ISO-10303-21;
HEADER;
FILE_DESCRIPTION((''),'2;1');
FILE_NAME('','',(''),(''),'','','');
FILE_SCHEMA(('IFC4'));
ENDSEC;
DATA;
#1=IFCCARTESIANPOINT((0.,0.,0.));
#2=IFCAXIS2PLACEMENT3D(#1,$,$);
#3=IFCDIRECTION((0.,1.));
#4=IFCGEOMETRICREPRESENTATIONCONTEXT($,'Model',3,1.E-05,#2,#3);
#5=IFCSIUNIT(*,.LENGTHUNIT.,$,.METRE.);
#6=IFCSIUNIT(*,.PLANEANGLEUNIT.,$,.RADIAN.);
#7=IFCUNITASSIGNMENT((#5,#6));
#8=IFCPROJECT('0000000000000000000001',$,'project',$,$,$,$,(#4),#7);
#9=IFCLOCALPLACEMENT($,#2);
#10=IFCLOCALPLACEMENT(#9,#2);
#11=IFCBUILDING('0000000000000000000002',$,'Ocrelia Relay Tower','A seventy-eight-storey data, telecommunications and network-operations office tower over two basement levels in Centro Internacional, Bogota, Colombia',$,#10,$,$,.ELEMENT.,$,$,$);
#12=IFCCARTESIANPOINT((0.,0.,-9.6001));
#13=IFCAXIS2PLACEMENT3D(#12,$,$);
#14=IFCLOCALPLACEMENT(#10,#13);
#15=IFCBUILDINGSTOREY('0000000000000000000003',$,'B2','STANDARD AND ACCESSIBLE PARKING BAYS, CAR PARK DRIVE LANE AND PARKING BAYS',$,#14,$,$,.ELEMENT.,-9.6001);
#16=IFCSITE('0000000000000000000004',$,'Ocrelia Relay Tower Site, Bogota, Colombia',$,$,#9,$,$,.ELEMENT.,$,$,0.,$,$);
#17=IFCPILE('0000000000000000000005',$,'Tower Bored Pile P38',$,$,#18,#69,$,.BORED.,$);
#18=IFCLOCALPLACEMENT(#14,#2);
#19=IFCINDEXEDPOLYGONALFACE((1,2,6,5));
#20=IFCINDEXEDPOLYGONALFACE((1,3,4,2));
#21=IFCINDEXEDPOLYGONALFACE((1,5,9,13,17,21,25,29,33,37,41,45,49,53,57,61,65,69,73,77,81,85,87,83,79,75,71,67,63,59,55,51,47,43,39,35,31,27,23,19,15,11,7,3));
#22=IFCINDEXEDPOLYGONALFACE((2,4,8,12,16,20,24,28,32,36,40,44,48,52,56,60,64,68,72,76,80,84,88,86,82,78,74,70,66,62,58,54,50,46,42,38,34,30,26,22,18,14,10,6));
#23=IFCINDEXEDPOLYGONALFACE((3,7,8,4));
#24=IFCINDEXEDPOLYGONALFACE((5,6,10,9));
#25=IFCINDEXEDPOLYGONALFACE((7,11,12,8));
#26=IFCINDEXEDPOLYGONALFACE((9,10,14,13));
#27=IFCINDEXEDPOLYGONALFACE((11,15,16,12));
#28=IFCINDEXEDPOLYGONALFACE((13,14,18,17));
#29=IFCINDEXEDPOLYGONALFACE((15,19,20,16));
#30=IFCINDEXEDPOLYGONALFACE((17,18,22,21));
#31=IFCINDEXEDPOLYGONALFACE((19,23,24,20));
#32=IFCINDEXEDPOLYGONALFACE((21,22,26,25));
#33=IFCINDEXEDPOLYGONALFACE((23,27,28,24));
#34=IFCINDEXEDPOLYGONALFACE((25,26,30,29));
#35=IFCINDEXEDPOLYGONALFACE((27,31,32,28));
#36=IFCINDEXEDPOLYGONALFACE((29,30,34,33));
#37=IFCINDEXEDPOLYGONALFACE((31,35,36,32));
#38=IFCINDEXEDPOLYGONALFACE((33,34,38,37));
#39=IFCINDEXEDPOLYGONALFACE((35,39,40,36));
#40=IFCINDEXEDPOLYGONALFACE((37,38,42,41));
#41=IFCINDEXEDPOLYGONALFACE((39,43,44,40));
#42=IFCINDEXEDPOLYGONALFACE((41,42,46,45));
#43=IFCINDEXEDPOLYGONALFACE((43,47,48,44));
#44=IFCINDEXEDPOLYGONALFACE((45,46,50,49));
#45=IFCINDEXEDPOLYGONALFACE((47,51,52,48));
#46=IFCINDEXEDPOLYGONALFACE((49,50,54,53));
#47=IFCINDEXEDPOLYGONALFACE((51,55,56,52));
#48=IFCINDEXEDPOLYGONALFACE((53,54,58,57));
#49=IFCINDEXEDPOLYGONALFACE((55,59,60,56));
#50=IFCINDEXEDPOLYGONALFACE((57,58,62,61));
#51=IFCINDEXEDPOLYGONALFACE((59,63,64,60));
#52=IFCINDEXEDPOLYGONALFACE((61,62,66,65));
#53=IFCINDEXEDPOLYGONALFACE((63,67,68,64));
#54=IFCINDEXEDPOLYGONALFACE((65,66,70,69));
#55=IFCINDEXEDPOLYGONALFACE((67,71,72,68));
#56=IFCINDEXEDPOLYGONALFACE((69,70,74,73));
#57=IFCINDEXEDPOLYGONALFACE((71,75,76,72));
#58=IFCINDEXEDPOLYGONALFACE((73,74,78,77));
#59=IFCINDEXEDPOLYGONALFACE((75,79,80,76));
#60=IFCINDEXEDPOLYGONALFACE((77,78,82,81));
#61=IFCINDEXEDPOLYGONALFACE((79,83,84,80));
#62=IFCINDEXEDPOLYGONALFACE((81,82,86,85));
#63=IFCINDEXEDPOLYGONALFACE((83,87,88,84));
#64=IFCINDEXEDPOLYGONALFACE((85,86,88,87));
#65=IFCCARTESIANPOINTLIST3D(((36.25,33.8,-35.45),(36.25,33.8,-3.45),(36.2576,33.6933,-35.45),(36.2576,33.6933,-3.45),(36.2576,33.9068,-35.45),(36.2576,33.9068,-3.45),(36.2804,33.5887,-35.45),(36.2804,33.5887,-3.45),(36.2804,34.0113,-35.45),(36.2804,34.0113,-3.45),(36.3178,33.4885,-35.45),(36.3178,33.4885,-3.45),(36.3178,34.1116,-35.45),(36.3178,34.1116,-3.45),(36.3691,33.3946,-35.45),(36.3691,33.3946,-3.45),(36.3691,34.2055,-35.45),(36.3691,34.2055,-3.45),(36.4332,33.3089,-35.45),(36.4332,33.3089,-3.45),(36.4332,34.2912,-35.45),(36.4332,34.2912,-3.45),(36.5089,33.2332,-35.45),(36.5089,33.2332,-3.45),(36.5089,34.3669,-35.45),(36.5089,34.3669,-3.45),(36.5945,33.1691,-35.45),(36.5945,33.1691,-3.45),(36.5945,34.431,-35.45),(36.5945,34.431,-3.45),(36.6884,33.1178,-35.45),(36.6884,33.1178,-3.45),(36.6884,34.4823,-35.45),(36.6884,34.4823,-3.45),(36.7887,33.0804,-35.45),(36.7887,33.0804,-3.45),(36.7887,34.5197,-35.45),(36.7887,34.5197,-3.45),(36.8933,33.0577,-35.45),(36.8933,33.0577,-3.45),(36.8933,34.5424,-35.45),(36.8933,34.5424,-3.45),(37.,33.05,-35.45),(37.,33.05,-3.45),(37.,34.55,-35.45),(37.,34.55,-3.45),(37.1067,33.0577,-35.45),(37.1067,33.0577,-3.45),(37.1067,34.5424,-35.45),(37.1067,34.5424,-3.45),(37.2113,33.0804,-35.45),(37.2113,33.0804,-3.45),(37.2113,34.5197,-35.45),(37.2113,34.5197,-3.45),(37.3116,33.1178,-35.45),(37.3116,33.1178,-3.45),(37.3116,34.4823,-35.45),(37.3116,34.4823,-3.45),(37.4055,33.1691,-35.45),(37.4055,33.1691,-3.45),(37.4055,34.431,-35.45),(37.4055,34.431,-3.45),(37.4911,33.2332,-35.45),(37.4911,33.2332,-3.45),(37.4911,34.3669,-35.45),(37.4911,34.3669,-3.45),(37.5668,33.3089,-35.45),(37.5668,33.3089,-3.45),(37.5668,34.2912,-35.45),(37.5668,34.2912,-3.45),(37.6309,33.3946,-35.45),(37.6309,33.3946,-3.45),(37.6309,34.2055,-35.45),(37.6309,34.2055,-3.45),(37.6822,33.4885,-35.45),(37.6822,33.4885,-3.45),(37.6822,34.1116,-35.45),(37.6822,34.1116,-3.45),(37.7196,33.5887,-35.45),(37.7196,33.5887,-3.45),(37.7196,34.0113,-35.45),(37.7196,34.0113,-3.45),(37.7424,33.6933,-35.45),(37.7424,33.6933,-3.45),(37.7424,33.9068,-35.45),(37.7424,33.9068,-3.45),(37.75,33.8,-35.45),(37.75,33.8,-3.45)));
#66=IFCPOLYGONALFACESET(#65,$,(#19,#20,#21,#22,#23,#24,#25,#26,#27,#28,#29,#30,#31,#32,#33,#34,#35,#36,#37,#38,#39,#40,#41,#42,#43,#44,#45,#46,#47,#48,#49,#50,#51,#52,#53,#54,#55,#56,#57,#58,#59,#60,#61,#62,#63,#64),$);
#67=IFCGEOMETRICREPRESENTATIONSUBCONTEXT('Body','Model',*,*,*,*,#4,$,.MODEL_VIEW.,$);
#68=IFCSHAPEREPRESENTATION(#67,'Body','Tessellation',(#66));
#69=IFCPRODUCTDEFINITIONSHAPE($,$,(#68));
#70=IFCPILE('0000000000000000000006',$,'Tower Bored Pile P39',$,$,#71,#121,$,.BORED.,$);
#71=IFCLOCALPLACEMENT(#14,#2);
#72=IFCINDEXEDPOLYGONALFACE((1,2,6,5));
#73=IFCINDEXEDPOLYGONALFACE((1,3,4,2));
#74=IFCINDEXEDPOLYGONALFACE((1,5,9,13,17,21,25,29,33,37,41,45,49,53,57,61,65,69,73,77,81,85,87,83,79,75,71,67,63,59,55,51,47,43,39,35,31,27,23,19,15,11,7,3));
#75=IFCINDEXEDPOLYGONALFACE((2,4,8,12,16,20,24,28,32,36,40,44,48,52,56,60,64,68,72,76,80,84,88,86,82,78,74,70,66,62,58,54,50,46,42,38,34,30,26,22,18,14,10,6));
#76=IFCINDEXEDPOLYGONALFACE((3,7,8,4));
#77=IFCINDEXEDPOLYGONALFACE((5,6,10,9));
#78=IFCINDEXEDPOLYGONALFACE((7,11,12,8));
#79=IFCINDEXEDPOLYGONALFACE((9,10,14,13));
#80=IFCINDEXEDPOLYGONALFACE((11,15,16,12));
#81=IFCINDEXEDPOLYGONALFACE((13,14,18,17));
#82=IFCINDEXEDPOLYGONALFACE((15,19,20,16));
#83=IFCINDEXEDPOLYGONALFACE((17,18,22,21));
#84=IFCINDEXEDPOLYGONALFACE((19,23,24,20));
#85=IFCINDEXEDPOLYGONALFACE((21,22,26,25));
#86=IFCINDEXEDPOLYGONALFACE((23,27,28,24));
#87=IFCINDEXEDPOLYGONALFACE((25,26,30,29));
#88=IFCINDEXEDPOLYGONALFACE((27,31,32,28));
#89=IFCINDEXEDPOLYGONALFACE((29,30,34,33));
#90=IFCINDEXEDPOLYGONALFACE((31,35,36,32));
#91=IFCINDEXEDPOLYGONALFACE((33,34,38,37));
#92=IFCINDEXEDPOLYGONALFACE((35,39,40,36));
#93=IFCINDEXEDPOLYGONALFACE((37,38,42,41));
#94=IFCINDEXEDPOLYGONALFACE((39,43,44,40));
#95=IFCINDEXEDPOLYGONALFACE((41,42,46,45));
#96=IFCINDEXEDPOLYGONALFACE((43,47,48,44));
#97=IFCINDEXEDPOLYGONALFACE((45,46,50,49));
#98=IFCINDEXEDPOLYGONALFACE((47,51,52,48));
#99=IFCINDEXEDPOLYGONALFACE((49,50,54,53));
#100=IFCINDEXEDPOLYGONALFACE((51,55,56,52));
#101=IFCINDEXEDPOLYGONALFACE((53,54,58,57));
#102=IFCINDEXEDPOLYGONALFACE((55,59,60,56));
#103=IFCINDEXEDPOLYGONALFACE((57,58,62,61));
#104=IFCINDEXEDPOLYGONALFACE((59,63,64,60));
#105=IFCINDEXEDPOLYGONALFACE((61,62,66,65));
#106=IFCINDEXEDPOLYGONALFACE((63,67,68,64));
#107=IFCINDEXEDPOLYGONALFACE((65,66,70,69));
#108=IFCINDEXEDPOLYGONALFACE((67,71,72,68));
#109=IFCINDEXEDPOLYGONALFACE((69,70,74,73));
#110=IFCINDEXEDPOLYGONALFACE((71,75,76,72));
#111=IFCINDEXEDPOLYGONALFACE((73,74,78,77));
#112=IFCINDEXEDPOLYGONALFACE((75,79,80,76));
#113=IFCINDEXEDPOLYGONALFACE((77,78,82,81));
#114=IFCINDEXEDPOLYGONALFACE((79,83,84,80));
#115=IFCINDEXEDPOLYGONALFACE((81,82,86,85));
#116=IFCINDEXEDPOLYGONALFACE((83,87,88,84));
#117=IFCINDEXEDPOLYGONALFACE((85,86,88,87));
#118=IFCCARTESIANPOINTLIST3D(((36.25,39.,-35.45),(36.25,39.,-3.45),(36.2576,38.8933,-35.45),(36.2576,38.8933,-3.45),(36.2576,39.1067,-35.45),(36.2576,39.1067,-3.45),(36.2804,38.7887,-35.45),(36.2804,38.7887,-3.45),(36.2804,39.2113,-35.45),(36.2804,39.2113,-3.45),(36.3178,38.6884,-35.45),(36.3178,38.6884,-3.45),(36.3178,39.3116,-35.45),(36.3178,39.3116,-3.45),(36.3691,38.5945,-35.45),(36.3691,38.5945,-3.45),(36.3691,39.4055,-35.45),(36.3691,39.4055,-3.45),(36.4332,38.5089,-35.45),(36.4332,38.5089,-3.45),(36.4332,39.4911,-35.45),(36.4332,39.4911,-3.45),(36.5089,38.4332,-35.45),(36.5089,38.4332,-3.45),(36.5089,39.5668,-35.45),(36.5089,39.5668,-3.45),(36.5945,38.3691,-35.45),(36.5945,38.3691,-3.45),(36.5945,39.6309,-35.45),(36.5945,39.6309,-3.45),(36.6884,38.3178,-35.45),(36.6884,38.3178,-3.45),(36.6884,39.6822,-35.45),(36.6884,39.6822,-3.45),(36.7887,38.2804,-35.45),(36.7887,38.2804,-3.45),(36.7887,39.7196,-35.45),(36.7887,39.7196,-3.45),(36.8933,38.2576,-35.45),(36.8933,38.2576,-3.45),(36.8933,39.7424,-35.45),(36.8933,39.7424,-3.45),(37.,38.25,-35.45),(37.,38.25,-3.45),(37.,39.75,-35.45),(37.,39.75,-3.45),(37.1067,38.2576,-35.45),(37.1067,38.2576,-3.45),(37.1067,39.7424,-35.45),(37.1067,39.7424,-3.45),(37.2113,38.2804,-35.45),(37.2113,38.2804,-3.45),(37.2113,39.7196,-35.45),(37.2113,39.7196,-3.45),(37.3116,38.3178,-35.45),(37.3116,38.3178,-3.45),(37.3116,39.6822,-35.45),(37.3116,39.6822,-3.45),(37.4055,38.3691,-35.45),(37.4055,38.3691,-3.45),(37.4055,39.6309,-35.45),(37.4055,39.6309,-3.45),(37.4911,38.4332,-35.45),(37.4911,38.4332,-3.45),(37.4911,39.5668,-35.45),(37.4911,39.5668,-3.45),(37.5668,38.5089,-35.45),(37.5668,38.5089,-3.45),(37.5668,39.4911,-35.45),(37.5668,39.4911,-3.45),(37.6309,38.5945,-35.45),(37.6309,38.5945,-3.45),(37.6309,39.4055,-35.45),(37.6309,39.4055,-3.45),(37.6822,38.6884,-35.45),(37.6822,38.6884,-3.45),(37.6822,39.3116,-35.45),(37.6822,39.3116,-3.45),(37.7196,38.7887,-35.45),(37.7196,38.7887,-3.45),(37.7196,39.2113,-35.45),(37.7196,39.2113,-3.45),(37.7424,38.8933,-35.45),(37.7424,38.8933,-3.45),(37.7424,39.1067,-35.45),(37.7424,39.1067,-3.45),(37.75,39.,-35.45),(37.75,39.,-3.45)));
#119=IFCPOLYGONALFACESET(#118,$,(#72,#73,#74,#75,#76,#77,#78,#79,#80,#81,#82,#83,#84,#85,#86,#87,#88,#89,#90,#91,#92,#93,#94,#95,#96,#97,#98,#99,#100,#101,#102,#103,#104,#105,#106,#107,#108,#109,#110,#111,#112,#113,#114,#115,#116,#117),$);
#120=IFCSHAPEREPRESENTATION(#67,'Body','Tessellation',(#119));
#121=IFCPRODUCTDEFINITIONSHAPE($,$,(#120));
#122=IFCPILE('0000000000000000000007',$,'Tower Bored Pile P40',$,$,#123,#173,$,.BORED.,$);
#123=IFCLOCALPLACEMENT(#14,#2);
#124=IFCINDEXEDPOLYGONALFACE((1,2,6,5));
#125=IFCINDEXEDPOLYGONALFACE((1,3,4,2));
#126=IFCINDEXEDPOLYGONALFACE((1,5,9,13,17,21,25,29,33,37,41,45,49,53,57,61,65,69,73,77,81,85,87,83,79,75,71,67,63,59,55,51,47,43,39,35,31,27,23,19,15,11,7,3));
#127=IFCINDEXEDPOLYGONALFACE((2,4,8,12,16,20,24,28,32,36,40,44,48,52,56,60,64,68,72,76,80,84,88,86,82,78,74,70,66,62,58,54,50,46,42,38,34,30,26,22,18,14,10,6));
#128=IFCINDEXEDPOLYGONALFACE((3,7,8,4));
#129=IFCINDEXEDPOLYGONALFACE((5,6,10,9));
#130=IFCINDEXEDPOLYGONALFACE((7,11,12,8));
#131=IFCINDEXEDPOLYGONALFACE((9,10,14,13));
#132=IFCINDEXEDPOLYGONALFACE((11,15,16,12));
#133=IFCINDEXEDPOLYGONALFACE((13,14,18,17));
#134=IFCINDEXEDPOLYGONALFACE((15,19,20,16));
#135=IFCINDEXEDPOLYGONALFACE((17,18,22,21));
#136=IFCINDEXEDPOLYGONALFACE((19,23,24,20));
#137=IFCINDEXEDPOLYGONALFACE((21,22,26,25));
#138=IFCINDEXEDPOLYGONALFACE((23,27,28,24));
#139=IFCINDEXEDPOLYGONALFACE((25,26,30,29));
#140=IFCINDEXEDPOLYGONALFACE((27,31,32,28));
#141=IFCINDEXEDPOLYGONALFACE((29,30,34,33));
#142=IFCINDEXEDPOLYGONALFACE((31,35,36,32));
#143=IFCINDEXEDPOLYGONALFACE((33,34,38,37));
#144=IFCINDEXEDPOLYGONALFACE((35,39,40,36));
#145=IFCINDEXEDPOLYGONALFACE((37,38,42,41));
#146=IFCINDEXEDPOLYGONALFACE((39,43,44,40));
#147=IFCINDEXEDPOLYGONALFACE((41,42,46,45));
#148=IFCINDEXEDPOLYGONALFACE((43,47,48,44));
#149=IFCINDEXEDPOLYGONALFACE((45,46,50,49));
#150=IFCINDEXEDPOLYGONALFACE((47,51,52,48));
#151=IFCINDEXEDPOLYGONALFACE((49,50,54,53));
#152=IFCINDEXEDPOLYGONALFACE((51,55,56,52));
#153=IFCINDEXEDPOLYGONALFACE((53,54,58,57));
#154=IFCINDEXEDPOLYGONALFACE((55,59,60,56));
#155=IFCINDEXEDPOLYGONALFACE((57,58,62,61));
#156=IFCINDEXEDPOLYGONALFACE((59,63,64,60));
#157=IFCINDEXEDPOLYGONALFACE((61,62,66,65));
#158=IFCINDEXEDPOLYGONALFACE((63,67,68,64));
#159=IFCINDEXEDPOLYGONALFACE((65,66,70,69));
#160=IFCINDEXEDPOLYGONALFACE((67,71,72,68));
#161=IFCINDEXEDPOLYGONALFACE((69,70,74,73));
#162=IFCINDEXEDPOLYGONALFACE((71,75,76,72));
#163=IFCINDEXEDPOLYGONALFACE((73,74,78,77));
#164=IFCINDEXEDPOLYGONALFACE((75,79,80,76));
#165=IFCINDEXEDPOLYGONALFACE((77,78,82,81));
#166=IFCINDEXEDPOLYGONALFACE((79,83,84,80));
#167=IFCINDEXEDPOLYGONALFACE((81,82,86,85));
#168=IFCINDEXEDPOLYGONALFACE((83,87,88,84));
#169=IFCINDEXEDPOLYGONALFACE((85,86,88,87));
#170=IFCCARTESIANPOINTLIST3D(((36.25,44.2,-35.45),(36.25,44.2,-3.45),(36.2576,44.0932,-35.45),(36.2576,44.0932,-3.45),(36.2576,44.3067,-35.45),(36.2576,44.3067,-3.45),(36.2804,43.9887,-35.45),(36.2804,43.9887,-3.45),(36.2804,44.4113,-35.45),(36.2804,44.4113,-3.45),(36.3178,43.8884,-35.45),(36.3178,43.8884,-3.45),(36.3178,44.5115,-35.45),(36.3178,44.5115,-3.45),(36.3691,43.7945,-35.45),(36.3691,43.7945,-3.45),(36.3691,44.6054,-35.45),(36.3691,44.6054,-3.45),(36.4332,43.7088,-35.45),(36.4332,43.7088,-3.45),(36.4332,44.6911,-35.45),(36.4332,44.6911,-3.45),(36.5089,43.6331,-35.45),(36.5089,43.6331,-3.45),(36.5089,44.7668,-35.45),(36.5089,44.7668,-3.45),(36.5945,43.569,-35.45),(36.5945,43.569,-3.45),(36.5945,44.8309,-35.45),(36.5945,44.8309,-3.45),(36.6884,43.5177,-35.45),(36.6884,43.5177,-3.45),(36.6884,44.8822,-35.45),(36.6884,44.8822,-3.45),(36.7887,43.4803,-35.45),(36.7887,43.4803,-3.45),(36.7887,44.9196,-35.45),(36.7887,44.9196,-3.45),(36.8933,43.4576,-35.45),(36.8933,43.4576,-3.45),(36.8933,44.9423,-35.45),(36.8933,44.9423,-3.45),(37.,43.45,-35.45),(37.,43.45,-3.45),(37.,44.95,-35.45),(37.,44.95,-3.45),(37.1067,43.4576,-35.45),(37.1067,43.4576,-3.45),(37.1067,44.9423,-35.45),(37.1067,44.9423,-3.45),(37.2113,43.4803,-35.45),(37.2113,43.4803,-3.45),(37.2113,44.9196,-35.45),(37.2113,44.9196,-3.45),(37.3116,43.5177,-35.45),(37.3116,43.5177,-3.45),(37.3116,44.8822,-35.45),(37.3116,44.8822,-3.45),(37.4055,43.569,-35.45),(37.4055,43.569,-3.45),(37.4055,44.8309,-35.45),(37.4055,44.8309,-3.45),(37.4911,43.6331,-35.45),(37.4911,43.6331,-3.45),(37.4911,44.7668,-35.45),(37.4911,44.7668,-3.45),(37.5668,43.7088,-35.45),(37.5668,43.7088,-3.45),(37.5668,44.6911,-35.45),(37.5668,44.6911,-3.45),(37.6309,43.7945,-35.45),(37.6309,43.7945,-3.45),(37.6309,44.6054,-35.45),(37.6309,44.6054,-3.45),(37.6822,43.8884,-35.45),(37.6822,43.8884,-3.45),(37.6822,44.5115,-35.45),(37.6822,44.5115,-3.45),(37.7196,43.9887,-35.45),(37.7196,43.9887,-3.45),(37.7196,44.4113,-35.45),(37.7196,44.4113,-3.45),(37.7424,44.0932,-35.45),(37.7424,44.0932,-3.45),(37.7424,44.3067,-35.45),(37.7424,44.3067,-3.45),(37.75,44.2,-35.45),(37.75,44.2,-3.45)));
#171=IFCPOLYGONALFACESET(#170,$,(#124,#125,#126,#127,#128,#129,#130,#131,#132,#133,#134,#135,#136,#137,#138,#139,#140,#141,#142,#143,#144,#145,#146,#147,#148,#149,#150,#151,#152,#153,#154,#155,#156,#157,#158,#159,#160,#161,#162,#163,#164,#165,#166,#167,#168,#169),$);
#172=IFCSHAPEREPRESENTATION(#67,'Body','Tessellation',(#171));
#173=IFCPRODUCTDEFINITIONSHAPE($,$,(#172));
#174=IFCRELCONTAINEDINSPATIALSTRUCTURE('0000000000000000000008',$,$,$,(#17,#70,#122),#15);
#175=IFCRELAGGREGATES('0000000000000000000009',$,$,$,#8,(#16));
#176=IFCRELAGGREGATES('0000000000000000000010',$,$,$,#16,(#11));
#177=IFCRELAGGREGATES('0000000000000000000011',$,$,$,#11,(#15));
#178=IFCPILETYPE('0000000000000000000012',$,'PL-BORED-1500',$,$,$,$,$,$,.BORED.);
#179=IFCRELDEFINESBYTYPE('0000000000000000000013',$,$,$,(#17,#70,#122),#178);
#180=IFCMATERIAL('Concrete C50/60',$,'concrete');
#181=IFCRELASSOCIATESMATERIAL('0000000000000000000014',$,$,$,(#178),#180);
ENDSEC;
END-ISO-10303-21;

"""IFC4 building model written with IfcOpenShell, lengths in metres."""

from ifc_helpers import new_model, si_unit, direction, frame, origin, origin_2d, place, context, subcontext, project, spatial, circle, extrude, material, material_profile, profile_set, type_object, element, save


model = new_model("IFC4")

# Units and contexts
model_context = context("Model", 3, precision=1e-05, world=origin(), true_north=direction((0.0, 1.0)))
body_context = subcontext(model_context, "Body", "Model", "MODEL_VIEW")
ifc_project = project(units=[si_unit("LENGTHUNIT", "METRE"), si_unit("PLANEANGLEUNIT", "RADIAN")], contexts=[model_context])

# Site, building, storey
site_placement = place(None, origin())
site = spatial("IfcSite", under=ifc_project, at=site_placement, Name="Ocrelia Relay Tower Site, Bogota, Colombia", CompositionType="ELEMENT", RefElevation=0.0)
building_placement = place(site_placement, origin())
building = spatial("IfcBuilding", under=site, at=building_placement, Name="Ocrelia Relay Tower", Description="A seventy-eight-storey data, telecommunications and network-operations office tower over two basement levels in Centro Internacional, Bogota, Colombia", CompositionType="ELEMENT")
storey_placement = place(building_placement, frame((0.0, 0.0, -9.6001)))
storey = spatial("IfcBuildingStorey", under=building, at=storey_placement, Name="B2", Description="STANDARD AND ACCESSIBLE PARKING BAYS, CAR PARK DRIVE LANE AND PARKING BAYS", CompositionType="ELEMENT", Elevation=-9.6001)

# Piles
ifc_material_1 = material(Name="Concrete C50/60", Category="concrete")
ifc_material_profile_1 = material_profile(ifc_material_1, circle(Radius=0.75, at=origin_2d()), Name="PILE-1500")
ifc_profile_set_1 = profile_set([ifc_material_profile_1], Name="Concrete C50/60")
pile_type = type_object("IfcPileType", Name="PL-BORED-1500", PredefinedType="BORED", material=ifc_profile_set_1)
for number, where, z_axis, x_axis, name in (
    (1, (37.0, 33.8, -3.45), (0.0, 0.0, -1.0), (1.0, 0.0, 0.0), "Tower Bored Pile P38"),
    (2, (37.0, 39.0, -3.45), (0.0, 0.0, -1.0), (1.0, 0.0, 0.0), "Tower Bored Pile P39"),
    (3, (37.0, 44.2, -3.45), (0.0, 0.0, -1.0), (1.0, 0.0, 0.0), "Tower Bored Pile P40"),
):
    element("IfcPile", number, at=place(storey_placement, frame(where, z_axis=z_axis, x_axis=x_axis)), inside=storey, type_object=pile_type, Name=name, PredefinedType="BORED", context=body_context, shape_type="SweptSolid", body=[
        extrude(circle(Radius=0.75, at=origin_2d()), origin(), (0.0, 0.0, 1.0), 32.0),
    ])

save(model, "model.ifc")
